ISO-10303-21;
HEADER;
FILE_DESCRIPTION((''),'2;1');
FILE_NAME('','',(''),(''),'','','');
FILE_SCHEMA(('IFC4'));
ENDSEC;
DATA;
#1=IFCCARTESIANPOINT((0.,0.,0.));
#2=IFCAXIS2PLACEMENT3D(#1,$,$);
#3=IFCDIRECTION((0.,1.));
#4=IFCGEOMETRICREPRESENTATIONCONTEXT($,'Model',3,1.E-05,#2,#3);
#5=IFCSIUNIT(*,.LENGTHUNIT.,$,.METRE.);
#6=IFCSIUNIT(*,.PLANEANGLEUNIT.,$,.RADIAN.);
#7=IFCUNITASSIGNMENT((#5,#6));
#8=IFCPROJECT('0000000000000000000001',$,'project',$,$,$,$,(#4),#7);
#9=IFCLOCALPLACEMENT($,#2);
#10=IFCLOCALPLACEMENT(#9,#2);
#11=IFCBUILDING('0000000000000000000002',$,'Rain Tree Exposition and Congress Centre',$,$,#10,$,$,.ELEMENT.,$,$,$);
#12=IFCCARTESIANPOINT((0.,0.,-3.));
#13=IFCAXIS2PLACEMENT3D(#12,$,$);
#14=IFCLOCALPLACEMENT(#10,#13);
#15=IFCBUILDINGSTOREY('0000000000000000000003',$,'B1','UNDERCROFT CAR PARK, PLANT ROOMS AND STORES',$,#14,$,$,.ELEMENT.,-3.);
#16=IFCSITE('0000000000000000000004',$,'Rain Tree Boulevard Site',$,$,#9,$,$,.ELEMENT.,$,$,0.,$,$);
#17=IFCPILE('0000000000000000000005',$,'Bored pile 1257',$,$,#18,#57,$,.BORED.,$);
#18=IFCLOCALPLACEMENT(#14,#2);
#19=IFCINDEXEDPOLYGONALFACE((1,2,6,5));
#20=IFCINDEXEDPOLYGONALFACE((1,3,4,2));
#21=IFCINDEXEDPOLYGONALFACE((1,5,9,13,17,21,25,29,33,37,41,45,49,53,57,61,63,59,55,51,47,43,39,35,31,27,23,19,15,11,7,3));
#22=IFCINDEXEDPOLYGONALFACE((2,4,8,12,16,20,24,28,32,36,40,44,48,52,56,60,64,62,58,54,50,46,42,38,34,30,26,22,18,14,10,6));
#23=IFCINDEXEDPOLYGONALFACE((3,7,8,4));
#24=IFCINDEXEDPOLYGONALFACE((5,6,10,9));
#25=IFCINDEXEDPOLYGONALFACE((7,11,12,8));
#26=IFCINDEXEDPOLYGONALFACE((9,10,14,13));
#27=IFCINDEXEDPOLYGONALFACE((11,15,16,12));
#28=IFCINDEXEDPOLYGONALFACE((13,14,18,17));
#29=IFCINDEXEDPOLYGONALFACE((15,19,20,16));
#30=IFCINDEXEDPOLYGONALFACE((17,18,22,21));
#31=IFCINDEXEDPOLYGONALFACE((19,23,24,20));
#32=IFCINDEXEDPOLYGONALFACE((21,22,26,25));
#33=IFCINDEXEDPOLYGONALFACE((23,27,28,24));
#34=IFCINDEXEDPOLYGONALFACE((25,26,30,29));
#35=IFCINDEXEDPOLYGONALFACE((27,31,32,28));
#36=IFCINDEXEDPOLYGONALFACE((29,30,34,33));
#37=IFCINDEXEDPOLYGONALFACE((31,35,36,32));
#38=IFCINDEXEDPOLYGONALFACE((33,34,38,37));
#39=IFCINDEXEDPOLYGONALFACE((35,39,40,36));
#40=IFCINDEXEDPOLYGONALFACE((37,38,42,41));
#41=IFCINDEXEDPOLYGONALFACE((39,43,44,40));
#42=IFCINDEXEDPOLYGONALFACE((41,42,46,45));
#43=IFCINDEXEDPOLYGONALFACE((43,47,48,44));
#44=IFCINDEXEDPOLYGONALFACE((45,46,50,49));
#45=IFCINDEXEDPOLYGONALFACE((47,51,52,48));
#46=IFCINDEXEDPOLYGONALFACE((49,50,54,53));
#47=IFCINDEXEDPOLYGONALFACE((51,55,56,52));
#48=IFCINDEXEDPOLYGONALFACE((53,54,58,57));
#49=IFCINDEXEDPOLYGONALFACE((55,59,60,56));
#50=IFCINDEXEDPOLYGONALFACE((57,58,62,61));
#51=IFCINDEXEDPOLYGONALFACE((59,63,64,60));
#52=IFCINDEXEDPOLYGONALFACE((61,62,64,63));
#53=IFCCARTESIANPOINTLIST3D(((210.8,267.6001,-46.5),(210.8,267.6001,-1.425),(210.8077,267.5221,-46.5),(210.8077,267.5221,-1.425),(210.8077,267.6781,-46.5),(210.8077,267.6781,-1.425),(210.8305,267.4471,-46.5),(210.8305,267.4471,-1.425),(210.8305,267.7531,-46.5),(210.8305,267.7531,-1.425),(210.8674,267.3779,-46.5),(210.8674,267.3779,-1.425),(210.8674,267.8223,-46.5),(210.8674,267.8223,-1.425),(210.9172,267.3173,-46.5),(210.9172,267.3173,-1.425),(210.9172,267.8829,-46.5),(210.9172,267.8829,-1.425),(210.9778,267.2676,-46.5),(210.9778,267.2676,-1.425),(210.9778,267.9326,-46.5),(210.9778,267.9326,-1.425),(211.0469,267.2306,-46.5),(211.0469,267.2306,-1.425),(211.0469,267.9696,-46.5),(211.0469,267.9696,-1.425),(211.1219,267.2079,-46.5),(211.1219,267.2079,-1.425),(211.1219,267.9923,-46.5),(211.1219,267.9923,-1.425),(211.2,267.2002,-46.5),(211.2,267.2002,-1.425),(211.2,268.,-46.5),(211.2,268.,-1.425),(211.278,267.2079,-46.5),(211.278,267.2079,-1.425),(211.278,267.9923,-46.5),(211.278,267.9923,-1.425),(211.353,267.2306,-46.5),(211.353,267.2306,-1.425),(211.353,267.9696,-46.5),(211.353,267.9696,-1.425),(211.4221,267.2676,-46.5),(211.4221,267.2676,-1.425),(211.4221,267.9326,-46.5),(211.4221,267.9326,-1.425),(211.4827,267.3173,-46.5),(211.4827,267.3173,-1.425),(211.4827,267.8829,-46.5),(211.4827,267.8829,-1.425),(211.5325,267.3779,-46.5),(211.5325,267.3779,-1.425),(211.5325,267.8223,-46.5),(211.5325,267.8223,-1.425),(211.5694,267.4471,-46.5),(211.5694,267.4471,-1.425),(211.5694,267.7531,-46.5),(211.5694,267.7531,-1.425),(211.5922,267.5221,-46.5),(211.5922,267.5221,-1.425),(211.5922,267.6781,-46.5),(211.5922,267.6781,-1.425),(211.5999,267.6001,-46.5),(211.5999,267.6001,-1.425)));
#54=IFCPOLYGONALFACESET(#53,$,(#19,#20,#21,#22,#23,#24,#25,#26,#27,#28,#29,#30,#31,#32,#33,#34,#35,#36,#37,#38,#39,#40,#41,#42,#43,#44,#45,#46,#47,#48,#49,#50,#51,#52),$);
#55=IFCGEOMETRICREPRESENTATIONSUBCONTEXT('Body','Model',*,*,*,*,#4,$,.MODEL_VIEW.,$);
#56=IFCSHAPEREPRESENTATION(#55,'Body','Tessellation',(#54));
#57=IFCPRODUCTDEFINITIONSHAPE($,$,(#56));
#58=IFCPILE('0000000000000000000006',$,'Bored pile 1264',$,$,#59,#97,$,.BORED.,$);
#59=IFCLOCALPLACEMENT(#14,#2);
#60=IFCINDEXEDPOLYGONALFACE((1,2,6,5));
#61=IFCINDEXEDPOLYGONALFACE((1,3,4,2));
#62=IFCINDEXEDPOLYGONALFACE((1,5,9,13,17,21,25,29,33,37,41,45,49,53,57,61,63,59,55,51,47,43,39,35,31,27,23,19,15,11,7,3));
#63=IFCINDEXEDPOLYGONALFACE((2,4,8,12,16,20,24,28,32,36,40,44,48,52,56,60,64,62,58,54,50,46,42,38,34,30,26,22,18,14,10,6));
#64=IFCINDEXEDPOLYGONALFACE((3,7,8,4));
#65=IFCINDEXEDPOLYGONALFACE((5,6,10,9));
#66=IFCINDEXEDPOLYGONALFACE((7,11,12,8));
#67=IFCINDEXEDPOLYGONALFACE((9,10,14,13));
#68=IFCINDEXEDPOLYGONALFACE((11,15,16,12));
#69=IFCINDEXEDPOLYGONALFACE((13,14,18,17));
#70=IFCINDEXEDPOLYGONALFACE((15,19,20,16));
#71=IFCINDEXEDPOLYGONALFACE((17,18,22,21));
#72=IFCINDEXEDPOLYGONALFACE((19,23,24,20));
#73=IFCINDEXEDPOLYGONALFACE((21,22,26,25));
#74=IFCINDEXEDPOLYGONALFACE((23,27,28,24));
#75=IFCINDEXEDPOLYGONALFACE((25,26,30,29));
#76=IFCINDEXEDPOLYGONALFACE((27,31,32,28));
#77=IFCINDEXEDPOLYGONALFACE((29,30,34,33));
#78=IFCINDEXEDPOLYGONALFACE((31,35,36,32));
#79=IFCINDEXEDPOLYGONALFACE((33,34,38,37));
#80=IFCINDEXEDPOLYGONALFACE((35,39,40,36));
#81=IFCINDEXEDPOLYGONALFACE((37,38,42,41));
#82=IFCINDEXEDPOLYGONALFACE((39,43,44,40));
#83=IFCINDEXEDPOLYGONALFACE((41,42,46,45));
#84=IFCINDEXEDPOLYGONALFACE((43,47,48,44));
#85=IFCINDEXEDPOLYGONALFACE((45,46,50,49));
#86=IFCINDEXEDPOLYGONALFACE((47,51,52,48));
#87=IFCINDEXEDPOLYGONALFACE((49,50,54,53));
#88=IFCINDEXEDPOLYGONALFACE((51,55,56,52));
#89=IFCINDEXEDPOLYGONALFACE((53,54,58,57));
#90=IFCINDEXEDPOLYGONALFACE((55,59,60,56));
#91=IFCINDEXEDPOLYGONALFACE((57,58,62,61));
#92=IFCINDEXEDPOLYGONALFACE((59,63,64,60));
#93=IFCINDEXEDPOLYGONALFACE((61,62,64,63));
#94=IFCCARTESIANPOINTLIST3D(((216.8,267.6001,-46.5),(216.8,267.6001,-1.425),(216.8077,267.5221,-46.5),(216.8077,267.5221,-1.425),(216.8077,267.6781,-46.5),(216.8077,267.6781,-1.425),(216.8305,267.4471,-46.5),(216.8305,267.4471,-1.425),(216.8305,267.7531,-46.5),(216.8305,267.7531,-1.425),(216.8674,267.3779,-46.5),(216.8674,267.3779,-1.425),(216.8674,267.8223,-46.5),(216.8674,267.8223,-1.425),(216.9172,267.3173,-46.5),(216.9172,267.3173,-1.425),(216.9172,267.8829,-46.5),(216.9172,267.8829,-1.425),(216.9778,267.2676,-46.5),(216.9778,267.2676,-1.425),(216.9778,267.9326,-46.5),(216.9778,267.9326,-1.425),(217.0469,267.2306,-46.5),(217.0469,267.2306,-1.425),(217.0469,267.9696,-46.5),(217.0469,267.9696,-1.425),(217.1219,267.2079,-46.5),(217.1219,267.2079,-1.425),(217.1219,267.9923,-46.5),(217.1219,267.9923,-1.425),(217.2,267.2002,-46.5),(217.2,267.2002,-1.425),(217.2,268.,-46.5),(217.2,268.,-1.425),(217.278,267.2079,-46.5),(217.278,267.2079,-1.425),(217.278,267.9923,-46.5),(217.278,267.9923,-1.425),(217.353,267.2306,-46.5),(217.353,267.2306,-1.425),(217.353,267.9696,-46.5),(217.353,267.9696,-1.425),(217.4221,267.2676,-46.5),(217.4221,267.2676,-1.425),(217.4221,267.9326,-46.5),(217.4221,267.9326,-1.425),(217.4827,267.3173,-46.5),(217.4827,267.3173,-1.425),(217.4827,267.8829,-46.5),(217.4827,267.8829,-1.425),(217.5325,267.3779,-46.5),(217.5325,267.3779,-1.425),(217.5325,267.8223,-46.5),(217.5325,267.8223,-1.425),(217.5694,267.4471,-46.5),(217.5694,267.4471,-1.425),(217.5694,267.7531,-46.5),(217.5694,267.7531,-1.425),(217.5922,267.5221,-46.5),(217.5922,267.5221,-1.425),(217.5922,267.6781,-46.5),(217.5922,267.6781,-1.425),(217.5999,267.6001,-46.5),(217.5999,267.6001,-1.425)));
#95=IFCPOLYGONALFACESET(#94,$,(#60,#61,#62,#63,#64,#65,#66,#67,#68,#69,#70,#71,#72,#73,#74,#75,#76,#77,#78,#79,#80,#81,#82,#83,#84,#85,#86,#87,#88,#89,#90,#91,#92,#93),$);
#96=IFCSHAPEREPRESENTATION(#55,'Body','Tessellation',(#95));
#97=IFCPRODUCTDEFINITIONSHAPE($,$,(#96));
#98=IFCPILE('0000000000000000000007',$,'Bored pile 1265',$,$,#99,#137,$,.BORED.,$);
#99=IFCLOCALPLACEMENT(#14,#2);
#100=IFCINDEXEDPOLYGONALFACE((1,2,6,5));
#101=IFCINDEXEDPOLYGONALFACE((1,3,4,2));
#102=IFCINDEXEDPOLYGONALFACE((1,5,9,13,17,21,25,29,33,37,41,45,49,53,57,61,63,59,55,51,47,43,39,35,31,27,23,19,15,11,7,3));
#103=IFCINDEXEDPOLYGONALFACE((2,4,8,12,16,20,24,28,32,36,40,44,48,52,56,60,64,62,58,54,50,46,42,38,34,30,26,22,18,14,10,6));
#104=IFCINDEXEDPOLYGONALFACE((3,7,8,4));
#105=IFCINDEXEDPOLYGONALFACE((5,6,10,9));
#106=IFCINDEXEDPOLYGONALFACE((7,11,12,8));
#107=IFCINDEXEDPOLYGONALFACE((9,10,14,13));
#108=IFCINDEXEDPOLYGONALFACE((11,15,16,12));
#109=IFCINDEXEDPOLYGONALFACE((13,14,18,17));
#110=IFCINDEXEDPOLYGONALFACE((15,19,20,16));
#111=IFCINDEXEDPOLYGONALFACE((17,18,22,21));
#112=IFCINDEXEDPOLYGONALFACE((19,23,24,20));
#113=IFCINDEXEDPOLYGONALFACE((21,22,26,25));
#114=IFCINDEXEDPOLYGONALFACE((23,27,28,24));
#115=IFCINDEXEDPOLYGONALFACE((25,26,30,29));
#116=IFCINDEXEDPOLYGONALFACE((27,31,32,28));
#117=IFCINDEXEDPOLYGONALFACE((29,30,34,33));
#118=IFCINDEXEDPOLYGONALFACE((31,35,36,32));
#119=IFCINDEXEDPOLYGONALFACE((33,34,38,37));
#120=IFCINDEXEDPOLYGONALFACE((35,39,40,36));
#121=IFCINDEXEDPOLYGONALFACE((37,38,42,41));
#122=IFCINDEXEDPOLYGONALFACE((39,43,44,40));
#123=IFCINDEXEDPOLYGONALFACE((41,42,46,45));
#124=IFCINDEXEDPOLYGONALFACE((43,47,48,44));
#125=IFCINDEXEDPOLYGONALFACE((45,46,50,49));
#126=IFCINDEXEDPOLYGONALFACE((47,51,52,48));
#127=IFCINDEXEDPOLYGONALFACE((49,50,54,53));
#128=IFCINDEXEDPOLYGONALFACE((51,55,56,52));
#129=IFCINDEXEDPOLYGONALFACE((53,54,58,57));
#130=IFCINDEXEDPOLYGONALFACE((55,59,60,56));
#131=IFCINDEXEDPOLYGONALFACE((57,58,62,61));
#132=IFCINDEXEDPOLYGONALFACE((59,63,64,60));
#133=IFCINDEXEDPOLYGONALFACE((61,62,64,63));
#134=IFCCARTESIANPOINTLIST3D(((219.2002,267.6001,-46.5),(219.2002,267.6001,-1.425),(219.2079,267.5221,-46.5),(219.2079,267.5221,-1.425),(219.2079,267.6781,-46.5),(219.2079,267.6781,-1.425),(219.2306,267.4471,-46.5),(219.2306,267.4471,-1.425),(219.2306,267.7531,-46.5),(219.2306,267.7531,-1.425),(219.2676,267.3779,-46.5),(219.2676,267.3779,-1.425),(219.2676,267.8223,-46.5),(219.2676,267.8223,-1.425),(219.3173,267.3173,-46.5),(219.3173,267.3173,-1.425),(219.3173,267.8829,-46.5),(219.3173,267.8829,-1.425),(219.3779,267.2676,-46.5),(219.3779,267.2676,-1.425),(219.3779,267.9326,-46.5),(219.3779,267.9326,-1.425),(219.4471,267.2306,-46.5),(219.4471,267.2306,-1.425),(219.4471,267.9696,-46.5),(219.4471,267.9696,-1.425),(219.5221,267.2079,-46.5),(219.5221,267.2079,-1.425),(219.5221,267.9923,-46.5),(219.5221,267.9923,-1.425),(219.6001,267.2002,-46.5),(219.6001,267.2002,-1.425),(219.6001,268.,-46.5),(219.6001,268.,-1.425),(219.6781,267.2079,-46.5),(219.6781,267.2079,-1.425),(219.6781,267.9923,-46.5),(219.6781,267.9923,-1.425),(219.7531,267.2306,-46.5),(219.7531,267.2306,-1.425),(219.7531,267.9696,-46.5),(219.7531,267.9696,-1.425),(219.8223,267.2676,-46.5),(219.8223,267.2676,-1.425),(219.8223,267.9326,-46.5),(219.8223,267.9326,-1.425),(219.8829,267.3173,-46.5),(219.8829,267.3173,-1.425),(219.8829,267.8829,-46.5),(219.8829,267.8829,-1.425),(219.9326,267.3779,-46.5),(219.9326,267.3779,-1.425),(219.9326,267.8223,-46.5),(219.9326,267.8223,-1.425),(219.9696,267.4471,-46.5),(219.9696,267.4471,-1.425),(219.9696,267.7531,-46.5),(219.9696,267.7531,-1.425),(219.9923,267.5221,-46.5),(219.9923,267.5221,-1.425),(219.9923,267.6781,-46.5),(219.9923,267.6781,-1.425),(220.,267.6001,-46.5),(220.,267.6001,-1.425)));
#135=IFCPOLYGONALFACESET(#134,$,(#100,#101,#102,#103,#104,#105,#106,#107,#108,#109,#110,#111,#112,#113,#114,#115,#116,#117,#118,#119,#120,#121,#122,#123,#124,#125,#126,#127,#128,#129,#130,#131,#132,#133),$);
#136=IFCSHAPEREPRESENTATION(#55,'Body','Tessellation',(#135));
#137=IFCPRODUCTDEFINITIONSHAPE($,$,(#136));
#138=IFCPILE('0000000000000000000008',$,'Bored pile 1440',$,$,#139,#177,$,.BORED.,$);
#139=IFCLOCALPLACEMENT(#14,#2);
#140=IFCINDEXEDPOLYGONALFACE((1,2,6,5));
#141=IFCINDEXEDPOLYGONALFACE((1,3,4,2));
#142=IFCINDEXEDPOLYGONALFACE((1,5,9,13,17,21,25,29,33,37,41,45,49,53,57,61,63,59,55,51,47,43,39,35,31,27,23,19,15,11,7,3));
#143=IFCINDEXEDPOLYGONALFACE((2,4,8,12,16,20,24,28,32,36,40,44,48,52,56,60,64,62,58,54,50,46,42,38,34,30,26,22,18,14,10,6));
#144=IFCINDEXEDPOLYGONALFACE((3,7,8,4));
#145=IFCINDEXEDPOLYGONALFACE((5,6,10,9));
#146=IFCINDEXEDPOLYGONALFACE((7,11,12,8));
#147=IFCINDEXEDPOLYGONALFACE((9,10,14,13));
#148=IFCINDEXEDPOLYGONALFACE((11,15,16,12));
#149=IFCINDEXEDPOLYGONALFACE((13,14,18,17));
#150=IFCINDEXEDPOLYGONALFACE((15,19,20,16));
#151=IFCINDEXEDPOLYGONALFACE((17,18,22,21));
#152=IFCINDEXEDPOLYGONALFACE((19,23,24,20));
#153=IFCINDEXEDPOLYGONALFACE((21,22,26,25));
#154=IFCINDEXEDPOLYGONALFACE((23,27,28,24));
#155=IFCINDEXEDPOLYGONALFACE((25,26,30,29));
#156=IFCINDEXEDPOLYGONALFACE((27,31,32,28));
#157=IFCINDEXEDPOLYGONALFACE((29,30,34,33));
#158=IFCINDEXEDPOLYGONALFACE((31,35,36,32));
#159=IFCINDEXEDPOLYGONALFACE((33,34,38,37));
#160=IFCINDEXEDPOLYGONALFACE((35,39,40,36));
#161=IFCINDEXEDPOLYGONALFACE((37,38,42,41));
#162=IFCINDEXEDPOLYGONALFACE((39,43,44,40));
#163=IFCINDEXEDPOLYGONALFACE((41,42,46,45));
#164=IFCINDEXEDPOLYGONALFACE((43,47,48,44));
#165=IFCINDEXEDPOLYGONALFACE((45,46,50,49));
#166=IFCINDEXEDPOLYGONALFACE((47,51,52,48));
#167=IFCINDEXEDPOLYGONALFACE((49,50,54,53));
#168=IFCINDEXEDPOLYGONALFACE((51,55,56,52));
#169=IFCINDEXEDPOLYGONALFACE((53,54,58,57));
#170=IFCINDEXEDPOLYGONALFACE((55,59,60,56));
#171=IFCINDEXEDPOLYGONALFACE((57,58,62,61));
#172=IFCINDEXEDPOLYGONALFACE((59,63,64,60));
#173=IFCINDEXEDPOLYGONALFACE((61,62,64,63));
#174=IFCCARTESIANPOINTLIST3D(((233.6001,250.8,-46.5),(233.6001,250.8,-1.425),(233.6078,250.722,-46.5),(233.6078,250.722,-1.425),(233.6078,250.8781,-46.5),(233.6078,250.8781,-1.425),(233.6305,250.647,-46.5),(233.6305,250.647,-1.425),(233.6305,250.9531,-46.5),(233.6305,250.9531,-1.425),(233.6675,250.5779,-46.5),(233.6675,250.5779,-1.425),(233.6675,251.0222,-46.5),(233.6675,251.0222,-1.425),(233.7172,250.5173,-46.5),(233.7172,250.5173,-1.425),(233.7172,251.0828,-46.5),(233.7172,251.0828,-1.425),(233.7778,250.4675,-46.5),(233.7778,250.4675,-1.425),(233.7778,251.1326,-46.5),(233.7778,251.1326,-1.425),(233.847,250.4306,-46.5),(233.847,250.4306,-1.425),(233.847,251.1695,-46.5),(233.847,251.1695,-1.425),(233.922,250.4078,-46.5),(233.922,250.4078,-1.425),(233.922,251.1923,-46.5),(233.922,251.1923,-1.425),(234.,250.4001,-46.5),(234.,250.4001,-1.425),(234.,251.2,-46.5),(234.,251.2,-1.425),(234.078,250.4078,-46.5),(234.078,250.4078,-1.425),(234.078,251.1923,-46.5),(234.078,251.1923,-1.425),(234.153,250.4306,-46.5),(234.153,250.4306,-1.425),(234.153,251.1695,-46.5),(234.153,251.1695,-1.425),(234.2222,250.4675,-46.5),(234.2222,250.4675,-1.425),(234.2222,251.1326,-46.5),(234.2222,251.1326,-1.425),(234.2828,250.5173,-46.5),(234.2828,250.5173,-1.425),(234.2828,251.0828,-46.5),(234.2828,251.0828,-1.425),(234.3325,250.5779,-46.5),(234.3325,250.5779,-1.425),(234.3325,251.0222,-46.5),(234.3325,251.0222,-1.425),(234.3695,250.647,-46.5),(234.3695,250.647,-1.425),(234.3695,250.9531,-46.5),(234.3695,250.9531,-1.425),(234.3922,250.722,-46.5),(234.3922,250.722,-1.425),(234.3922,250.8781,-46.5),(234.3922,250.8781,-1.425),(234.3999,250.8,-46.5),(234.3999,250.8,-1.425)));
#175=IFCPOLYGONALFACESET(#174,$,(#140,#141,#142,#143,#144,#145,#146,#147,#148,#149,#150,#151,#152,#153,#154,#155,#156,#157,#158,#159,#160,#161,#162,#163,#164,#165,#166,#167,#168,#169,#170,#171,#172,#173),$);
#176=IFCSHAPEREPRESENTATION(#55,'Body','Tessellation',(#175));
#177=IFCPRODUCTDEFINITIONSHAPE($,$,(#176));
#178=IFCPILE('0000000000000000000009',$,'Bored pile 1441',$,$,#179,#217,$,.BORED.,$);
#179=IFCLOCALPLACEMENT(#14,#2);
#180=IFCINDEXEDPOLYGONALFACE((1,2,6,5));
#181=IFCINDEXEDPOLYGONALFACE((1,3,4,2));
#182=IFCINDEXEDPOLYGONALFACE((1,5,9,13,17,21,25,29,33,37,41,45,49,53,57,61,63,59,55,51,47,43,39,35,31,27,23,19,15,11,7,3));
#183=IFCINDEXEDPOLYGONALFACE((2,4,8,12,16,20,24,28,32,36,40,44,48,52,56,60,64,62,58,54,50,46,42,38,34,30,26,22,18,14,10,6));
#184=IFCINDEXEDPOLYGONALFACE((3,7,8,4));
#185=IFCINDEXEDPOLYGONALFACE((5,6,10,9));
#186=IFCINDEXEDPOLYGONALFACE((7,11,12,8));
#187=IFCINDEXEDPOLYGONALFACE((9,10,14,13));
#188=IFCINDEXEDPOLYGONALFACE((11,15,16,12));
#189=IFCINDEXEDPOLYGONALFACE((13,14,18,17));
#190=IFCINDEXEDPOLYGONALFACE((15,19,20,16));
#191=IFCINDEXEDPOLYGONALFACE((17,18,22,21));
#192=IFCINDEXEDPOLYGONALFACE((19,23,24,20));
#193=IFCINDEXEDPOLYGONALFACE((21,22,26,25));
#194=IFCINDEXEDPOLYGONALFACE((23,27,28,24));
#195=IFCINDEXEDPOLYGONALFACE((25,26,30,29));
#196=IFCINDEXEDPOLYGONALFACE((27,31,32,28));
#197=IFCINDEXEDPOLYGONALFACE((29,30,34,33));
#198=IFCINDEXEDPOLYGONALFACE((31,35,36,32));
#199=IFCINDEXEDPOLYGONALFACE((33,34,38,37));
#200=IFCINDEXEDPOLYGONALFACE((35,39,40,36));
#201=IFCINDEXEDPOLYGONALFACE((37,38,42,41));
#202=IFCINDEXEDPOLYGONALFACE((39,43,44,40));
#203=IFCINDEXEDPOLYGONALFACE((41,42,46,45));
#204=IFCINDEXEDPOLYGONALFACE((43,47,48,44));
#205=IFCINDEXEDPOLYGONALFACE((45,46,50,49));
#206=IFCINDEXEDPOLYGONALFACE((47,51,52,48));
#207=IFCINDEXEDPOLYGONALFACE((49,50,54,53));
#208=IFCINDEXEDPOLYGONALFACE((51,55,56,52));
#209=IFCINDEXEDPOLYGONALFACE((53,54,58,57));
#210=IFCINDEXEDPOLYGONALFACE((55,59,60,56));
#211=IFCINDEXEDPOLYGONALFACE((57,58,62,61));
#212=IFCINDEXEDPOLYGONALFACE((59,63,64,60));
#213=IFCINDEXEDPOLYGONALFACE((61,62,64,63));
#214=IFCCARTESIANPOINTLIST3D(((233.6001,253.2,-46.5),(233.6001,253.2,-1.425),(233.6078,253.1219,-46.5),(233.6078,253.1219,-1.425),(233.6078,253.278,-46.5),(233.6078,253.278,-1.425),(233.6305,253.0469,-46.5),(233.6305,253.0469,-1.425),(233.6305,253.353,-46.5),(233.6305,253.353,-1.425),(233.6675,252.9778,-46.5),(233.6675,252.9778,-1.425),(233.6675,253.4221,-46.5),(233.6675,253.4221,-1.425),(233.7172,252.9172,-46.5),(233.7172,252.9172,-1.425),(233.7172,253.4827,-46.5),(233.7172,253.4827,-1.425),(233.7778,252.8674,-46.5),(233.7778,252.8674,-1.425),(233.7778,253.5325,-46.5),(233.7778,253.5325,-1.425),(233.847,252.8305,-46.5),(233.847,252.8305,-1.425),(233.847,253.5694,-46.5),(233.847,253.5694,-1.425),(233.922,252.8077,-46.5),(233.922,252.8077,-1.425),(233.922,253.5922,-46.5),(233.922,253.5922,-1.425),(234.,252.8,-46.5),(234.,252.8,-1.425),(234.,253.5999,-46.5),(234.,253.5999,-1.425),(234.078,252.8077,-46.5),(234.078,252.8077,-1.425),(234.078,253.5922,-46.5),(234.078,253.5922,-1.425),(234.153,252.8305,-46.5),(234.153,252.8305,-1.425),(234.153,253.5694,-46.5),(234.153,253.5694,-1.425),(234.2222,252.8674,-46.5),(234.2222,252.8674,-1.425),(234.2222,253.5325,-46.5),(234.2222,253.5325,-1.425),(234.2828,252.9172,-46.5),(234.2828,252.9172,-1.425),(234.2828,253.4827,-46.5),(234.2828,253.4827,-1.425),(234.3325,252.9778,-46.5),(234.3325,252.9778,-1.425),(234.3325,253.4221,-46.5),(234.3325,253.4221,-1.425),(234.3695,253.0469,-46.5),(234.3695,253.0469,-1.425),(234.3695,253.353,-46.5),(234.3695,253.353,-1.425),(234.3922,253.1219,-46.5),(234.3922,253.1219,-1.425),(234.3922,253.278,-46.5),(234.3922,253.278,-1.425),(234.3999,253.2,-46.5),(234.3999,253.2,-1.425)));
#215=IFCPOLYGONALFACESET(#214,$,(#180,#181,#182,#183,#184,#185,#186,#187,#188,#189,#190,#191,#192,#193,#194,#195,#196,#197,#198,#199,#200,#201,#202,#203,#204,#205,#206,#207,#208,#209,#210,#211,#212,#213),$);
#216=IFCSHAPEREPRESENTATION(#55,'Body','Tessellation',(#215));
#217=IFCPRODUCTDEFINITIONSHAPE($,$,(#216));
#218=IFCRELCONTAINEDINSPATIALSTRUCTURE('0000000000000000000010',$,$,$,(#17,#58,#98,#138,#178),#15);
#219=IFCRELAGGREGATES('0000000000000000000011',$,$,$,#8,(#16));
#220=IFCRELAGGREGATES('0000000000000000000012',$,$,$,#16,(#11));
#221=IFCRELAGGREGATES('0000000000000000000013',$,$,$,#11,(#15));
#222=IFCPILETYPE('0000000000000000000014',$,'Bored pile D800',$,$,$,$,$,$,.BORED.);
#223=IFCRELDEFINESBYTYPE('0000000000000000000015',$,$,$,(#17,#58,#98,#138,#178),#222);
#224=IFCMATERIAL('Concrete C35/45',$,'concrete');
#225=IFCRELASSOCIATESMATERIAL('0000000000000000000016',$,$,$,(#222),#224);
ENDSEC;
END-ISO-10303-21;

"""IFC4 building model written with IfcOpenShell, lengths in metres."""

from ifc_helpers import new_model, si_unit, direction, frame, origin, origin_2d, place, context, subcontext, project, spatial, circle, extrude, material, material_profile, profile_set, type_object, element, save


model = new_model("IFC4")

# Units and contexts
model_context = context("Model", 3, precision=1e-05, world=origin(), true_north=direction((0.0, 1.0)))
body_context = subcontext(model_context, "Body", "Model", "MODEL_VIEW")
ifc_project = project(units=[si_unit("LENGTHUNIT", "METRE"), si_unit("PLANEANGLEUNIT", "RADIAN")], contexts=[model_context])

# Site, building, storey
site_placement = place(None, origin())
site = spatial("IfcSite", under=ifc_project, at=site_placement, Name="Rain Tree Boulevard Site", CompositionType="ELEMENT", RefElevation=0.0)
building_placement = place(site_placement, origin())
building = spatial("IfcBuilding", under=site, at=building_placement, Name="Rain Tree Exposition and Congress Centre", CompositionType="ELEMENT")
storey_placement = place(building_placement, frame((0.0, 0.0, -3.0)))
storey = spatial("IfcBuildingStorey", under=building, at=storey_placement, Name="B1", Description="UNDERCROFT CAR PARK, PLANT ROOMS AND STORES", CompositionType="ELEMENT", Elevation=-3.0)

# Piles
ifc_material_1 = material(Name="Concrete C35/45", Category="concrete")
ifc_material_profile_1 = material_profile(ifc_material_1, circle(Radius=0.3999, at=origin_2d()), Name="D800")
ifc_profile_set_1 = profile_set([ifc_material_profile_1], Name="Concrete C35/45")
pile_type = type_object("IfcPileType", Name="Bored pile D800", PredefinedType="BORED", material=ifc_profile_set_1)
for number, where, z_axis, x_axis, name in (
    (1, (211.2, 267.6001, -1.425), (0.0, 0.0, -1.0), (1.0, 0.0, 0.0), "Bored pile 1257"),
    (2, (217.2, 267.6001, -1.425), (0.0, 0.0, -1.0), (1.0, 0.0, 0.0), "Bored pile 1264"),
    (3, (219.6001, 267.6001, -1.425), (0.0, 0.0, -1.0), (1.0, 0.0, 0.0), "Bored pile 1265"),
    (4, (234.0, 250.8, -1.425), (0.0, 0.0, -1.0), (1.0, 0.0, 0.0), "Bored pile 1440"),
    (5, (234.0, 253.2, -1.425), (0.0, 0.0, -1.0), (1.0, 0.0, 0.0), "Bored pile 1441"),
):
    element("IfcPile", number, at=place(storey_placement, frame(where, z_axis=z_axis, x_axis=x_axis)), inside=storey, type_object=pile_type, Name=name, PredefinedType="BORED", context=body_context, shape_type="SweptSolid", body=[
        extrude(circle(Radius=0.3999, at=origin_2d()), origin(), (0.0, 0.0, 1.0), 45.075),
    ])

save(model, "model.ifc")
